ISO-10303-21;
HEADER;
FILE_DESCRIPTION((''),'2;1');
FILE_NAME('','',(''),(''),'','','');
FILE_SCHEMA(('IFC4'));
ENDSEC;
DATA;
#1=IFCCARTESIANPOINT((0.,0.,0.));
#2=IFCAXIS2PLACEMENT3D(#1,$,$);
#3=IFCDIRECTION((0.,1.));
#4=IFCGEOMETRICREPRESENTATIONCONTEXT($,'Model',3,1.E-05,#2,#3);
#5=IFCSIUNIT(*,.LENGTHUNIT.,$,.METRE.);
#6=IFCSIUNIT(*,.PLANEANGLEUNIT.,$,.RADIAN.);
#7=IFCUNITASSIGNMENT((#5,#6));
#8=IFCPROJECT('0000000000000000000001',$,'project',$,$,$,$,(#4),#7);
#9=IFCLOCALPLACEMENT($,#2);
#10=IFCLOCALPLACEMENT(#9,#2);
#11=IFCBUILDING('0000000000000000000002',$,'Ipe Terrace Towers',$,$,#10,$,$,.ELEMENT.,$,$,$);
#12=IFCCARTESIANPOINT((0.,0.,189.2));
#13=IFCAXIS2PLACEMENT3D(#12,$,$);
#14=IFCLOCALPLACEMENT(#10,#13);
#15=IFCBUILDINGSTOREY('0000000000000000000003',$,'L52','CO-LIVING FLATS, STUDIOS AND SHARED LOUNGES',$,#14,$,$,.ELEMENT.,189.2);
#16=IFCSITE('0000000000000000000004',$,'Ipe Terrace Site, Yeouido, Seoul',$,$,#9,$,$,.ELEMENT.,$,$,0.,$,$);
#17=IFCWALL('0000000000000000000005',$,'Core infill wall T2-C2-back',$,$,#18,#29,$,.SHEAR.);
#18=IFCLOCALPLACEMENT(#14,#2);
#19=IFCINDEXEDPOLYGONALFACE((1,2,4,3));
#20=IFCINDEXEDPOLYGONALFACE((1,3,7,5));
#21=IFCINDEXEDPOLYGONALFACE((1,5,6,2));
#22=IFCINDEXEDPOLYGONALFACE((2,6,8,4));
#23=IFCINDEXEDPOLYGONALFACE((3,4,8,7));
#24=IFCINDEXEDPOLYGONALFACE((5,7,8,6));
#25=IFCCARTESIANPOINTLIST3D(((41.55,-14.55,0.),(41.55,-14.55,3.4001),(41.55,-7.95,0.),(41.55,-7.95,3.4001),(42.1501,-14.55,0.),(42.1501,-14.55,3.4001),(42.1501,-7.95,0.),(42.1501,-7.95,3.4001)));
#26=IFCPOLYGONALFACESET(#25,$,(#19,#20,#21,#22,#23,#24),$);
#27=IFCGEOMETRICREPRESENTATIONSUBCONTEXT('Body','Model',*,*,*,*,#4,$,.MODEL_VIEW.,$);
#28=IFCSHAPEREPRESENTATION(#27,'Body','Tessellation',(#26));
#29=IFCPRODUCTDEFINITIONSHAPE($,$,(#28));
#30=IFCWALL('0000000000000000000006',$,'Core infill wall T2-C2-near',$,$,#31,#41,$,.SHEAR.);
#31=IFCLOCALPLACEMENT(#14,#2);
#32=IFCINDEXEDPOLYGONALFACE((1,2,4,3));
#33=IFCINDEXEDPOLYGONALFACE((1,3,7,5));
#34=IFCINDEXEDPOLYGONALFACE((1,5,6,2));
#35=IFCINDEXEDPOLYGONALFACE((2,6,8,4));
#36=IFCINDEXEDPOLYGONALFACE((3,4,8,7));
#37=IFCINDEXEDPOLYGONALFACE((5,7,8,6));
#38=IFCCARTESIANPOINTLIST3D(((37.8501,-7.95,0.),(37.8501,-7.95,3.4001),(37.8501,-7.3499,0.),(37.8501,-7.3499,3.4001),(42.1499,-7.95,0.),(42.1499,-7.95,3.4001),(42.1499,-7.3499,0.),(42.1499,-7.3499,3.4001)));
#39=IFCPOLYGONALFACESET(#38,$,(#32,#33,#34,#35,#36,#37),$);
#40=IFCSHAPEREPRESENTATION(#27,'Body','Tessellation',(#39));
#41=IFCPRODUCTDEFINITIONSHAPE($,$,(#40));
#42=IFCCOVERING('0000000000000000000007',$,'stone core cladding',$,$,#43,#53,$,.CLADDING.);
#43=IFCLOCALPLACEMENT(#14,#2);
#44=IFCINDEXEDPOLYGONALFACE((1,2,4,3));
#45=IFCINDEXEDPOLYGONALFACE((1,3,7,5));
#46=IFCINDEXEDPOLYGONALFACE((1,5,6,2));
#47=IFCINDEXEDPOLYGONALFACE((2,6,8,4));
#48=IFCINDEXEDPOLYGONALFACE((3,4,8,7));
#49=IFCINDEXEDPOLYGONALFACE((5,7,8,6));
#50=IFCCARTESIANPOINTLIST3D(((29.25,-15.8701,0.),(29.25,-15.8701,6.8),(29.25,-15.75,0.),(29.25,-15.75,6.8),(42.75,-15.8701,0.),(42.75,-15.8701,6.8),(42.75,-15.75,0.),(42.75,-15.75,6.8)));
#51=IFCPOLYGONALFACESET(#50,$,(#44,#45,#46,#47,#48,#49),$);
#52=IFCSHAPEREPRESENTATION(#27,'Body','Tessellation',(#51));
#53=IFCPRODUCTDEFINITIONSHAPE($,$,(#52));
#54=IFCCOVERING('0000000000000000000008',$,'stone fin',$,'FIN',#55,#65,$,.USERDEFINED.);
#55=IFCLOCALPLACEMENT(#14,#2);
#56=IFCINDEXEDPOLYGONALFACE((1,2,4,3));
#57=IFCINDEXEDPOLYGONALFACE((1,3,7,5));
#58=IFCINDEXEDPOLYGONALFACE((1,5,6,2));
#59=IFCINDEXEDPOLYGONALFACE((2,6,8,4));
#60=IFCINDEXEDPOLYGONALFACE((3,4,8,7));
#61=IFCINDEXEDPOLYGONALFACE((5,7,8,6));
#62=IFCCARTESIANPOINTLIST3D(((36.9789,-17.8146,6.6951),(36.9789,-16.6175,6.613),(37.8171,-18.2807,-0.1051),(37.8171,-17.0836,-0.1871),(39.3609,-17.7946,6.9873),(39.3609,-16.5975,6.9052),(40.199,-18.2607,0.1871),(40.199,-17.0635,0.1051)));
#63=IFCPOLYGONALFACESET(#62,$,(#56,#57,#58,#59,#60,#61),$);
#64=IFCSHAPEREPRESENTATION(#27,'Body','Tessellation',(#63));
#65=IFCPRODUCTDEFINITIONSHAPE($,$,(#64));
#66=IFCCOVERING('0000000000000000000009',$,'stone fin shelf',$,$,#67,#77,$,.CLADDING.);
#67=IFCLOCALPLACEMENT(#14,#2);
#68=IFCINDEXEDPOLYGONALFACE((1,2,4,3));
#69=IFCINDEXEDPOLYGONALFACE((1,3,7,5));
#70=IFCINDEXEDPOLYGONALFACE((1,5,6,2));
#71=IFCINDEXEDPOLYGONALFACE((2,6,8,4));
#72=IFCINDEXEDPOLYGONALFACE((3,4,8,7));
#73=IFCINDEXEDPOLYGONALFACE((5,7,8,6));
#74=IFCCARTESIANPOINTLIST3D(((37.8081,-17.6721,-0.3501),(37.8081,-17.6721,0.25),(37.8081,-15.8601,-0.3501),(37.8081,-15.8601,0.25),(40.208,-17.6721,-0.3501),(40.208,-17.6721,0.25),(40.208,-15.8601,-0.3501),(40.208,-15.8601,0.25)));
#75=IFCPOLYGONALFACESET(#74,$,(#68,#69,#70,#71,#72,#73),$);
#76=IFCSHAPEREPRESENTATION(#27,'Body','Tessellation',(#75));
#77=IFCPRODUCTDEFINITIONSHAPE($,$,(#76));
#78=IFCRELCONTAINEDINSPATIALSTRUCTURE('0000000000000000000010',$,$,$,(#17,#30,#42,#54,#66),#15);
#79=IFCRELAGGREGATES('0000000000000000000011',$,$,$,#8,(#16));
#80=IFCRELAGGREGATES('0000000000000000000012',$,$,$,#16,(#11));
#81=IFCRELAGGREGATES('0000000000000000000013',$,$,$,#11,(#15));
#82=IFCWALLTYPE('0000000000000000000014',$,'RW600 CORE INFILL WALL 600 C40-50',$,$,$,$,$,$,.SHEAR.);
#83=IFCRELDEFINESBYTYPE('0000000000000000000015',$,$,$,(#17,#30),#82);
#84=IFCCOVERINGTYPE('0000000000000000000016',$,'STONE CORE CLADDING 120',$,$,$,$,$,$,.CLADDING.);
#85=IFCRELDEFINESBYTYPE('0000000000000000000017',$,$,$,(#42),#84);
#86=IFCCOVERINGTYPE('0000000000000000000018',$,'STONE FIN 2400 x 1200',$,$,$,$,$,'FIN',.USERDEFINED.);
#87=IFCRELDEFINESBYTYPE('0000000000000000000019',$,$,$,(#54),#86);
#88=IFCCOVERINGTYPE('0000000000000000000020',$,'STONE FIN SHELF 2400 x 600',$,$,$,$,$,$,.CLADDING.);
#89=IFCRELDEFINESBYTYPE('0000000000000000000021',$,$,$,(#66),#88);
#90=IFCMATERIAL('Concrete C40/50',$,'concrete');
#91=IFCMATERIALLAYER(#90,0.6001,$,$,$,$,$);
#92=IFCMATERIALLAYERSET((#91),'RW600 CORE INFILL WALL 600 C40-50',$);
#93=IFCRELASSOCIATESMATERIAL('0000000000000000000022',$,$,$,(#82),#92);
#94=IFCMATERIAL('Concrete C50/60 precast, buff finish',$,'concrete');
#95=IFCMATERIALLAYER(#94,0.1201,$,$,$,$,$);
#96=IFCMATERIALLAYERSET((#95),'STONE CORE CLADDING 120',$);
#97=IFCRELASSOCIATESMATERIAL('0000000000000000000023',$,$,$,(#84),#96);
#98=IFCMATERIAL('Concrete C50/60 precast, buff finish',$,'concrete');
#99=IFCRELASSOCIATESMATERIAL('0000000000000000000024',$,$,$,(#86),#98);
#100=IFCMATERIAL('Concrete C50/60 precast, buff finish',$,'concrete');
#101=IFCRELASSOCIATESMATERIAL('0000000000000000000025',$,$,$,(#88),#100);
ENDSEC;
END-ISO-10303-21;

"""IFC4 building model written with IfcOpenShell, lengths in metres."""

from ifc_helpers import new_model, si_unit, direction, frame, frame_2d, origin, origin_2d, place, context, subcontext, project, spatial, rectangle, extrude, material, layer, layer_set, material_profile, profile_set, type_object, element, save


model = new_model("IFC4")

# Units and contexts
model_context = context("Model", 3, precision=1e-05, world=origin(), true_north=direction((0.0, 1.0)))
body_context = subcontext(model_context, "Body", "Model", "MODEL_VIEW")
ifc_project = project(units=[si_unit("LENGTHUNIT", "METRE"), si_unit("PLANEANGLEUNIT", "RADIAN")], contexts=[model_context])

# Site, building, storey
site_placement = place(None, origin())
site = spatial("IfcSite", under=ifc_project, at=site_placement, Name="Ipe Terrace Site, Yeouido, Seoul", CompositionType="ELEMENT", RefElevation=0.0)
building_placement = place(site_placement, origin())
building = spatial("IfcBuilding", under=site, at=building_placement, Name="Ipe Terrace Towers", CompositionType="ELEMENT")
storey_placement = place(building_placement, frame((0.0, 0.0, 189.2)))
storey = spatial("IfcBuildingStorey", under=building, at=storey_placement, Name="L52", Description="CO-LIVING FLATS, STUDIOS AND SHARED LOUNGES", CompositionType="ELEMENT", Elevation=189.2)

# Walls
ifc_material_1 = material(Name="Concrete C40/50", Category="concrete")
ifc_layer_1 = layer(ifc_material_1, 0.6001)
ifc_layer_set_1 = layer_set([ifc_layer_1], Name="RW600 CORE INFILL WALL 600 C40-50")
wall_type_1 = type_object("IfcWallType", Name="RW600 CORE INFILL WALL 600 C40-50", PredefinedType="SHEAR", material=ifc_layer_set_1)
wall_1_placement = place(storey_placement, frame((41.8501, -7.95, 0.0), z_axis=(0.0, 0.0, 1.0), x_axis=(0.0, -1.0, 0.0)))
element("IfcWall", 1, at=wall_1_placement, inside=storey, type_object=wall_type_1, Name="Core infill wall T2-C2-back", PredefinedType="SHEAR", context=body_context, shape_type="SweptSolid", body=[
    extrude(rectangle(XDim=6.6001, YDim=0.6001, at=frame_2d((3.3, 0.0))), origin(), (0.0, 0.0, 1.0), 3.4001),
])
wall_2_placement = place(storey_placement, frame((37.8501, -7.6499, 0.0), z_axis=(0.0, 0.0, 1.0), x_axis=(1.0, 0.0, 0.0)))
element("IfcWall", 2, at=wall_2_placement, inside=storey, type_object=wall_type_1, Name="Core infill wall T2-C2-near", PredefinedType="SHEAR", context=body_context, shape_type="SweptSolid", body=[
    extrude(rectangle(XDim=4.2998, YDim=0.6001, at=frame_2d((2.1499, 0.0))), origin(), (0.0, 0.0, 1.0), 3.4001),
])

# Coverings
ifc_material_2 = material(Name="Concrete C50/60 precast, buff finish", Category="concrete")
ifc_layer_2 = layer(ifc_material_2, 0.1201)
ifc_layer_set_2 = layer_set([ifc_layer_2], Name="STONE CORE CLADDING 120")
covering_type_1 = type_object("IfcCoveringType", Name="STONE CORE CLADDING 120", PredefinedType="CLADDING", material=ifc_layer_set_2)
covering_1_placement = place(storey_placement, frame((36.0, -15.8101, 0.0), z_axis=(0.0, 0.0, 1.0), x_axis=(1.0, 0.0, 0.0)))
element("IfcCovering", 3, at=covering_1_placement, inside=storey, type_object=covering_type_1, Name="stone core cladding", PredefinedType="CLADDING", context=body_context, shape_type="SweptSolid", body=[
    extrude(rectangle(XDim=13.5, YDim=0.1201, at=origin_2d()), origin(), (0.0, 0.0, 1.0), 6.8),
])
ifc_material_3 = material(Name="Concrete C50/60 precast, buff finish", Category="concrete")
ifc_material_profile = material_profile(ifc_material_3, rectangle(XDim=2.3999, YDim=1.2, at=origin_2d()), Name="STONE FIN 2400 x 1200")
ifc_profile_set = profile_set([ifc_material_profile], Name="Concrete C50/60 precast, buff finish")
covering_type_2 = type_object("IfcCoveringType", Name="STONE FIN 2400 x 1200", ElementType="FIN", PredefinedType="USERDEFINED", material=ifc_profile_set)
covering_2_placement = place(storey_placement, frame((39.0081, -17.6721, 0.0), z_axis=(-0.122047, 0.067867, 0.990201), x_axis=(0.992524, 0.008345, 0.121761)))
element("IfcCovering", 4, at=covering_2_placement, inside=storey, type_object=covering_type_2, Name="stone fin", ObjectType="FIN", PredefinedType="USERDEFINED", context=body_context, shape_type="SweptSolid", body=[
    extrude(rectangle(XDim=2.3999, YDim=1.2, at=origin_2d()), origin(), (0.0, 0.0, 1.0), 6.8674),
])
ifc_material_4 = material(Name="Concrete C50/60 precast, buff finish", Category="concrete")
covering_type_3 = type_object("IfcCoveringType", Name="STONE FIN SHELF 2400 x 600", PredefinedType="CLADDING", material=ifc_material_4)
covering_3_placement = place(storey_placement, frame((39.0081, -16.7661, -0.3501), z_axis=(0.0, 0.0, 1.0), x_axis=(1.0, 0.0, 0.0)))
element("IfcCovering", 5, at=covering_3_placement, inside=storey, type_object=covering_type_3, Name="stone fin shelf", PredefinedType="CLADDING", context=body_context, shape_type="SweptSolid", body=[
    extrude(rectangle(XDim=2.3999, YDim=1.812, at=origin_2d()), origin(), (0.0, 0.0, 1.0), 0.6001),
])

save(model, "model.ifc")
